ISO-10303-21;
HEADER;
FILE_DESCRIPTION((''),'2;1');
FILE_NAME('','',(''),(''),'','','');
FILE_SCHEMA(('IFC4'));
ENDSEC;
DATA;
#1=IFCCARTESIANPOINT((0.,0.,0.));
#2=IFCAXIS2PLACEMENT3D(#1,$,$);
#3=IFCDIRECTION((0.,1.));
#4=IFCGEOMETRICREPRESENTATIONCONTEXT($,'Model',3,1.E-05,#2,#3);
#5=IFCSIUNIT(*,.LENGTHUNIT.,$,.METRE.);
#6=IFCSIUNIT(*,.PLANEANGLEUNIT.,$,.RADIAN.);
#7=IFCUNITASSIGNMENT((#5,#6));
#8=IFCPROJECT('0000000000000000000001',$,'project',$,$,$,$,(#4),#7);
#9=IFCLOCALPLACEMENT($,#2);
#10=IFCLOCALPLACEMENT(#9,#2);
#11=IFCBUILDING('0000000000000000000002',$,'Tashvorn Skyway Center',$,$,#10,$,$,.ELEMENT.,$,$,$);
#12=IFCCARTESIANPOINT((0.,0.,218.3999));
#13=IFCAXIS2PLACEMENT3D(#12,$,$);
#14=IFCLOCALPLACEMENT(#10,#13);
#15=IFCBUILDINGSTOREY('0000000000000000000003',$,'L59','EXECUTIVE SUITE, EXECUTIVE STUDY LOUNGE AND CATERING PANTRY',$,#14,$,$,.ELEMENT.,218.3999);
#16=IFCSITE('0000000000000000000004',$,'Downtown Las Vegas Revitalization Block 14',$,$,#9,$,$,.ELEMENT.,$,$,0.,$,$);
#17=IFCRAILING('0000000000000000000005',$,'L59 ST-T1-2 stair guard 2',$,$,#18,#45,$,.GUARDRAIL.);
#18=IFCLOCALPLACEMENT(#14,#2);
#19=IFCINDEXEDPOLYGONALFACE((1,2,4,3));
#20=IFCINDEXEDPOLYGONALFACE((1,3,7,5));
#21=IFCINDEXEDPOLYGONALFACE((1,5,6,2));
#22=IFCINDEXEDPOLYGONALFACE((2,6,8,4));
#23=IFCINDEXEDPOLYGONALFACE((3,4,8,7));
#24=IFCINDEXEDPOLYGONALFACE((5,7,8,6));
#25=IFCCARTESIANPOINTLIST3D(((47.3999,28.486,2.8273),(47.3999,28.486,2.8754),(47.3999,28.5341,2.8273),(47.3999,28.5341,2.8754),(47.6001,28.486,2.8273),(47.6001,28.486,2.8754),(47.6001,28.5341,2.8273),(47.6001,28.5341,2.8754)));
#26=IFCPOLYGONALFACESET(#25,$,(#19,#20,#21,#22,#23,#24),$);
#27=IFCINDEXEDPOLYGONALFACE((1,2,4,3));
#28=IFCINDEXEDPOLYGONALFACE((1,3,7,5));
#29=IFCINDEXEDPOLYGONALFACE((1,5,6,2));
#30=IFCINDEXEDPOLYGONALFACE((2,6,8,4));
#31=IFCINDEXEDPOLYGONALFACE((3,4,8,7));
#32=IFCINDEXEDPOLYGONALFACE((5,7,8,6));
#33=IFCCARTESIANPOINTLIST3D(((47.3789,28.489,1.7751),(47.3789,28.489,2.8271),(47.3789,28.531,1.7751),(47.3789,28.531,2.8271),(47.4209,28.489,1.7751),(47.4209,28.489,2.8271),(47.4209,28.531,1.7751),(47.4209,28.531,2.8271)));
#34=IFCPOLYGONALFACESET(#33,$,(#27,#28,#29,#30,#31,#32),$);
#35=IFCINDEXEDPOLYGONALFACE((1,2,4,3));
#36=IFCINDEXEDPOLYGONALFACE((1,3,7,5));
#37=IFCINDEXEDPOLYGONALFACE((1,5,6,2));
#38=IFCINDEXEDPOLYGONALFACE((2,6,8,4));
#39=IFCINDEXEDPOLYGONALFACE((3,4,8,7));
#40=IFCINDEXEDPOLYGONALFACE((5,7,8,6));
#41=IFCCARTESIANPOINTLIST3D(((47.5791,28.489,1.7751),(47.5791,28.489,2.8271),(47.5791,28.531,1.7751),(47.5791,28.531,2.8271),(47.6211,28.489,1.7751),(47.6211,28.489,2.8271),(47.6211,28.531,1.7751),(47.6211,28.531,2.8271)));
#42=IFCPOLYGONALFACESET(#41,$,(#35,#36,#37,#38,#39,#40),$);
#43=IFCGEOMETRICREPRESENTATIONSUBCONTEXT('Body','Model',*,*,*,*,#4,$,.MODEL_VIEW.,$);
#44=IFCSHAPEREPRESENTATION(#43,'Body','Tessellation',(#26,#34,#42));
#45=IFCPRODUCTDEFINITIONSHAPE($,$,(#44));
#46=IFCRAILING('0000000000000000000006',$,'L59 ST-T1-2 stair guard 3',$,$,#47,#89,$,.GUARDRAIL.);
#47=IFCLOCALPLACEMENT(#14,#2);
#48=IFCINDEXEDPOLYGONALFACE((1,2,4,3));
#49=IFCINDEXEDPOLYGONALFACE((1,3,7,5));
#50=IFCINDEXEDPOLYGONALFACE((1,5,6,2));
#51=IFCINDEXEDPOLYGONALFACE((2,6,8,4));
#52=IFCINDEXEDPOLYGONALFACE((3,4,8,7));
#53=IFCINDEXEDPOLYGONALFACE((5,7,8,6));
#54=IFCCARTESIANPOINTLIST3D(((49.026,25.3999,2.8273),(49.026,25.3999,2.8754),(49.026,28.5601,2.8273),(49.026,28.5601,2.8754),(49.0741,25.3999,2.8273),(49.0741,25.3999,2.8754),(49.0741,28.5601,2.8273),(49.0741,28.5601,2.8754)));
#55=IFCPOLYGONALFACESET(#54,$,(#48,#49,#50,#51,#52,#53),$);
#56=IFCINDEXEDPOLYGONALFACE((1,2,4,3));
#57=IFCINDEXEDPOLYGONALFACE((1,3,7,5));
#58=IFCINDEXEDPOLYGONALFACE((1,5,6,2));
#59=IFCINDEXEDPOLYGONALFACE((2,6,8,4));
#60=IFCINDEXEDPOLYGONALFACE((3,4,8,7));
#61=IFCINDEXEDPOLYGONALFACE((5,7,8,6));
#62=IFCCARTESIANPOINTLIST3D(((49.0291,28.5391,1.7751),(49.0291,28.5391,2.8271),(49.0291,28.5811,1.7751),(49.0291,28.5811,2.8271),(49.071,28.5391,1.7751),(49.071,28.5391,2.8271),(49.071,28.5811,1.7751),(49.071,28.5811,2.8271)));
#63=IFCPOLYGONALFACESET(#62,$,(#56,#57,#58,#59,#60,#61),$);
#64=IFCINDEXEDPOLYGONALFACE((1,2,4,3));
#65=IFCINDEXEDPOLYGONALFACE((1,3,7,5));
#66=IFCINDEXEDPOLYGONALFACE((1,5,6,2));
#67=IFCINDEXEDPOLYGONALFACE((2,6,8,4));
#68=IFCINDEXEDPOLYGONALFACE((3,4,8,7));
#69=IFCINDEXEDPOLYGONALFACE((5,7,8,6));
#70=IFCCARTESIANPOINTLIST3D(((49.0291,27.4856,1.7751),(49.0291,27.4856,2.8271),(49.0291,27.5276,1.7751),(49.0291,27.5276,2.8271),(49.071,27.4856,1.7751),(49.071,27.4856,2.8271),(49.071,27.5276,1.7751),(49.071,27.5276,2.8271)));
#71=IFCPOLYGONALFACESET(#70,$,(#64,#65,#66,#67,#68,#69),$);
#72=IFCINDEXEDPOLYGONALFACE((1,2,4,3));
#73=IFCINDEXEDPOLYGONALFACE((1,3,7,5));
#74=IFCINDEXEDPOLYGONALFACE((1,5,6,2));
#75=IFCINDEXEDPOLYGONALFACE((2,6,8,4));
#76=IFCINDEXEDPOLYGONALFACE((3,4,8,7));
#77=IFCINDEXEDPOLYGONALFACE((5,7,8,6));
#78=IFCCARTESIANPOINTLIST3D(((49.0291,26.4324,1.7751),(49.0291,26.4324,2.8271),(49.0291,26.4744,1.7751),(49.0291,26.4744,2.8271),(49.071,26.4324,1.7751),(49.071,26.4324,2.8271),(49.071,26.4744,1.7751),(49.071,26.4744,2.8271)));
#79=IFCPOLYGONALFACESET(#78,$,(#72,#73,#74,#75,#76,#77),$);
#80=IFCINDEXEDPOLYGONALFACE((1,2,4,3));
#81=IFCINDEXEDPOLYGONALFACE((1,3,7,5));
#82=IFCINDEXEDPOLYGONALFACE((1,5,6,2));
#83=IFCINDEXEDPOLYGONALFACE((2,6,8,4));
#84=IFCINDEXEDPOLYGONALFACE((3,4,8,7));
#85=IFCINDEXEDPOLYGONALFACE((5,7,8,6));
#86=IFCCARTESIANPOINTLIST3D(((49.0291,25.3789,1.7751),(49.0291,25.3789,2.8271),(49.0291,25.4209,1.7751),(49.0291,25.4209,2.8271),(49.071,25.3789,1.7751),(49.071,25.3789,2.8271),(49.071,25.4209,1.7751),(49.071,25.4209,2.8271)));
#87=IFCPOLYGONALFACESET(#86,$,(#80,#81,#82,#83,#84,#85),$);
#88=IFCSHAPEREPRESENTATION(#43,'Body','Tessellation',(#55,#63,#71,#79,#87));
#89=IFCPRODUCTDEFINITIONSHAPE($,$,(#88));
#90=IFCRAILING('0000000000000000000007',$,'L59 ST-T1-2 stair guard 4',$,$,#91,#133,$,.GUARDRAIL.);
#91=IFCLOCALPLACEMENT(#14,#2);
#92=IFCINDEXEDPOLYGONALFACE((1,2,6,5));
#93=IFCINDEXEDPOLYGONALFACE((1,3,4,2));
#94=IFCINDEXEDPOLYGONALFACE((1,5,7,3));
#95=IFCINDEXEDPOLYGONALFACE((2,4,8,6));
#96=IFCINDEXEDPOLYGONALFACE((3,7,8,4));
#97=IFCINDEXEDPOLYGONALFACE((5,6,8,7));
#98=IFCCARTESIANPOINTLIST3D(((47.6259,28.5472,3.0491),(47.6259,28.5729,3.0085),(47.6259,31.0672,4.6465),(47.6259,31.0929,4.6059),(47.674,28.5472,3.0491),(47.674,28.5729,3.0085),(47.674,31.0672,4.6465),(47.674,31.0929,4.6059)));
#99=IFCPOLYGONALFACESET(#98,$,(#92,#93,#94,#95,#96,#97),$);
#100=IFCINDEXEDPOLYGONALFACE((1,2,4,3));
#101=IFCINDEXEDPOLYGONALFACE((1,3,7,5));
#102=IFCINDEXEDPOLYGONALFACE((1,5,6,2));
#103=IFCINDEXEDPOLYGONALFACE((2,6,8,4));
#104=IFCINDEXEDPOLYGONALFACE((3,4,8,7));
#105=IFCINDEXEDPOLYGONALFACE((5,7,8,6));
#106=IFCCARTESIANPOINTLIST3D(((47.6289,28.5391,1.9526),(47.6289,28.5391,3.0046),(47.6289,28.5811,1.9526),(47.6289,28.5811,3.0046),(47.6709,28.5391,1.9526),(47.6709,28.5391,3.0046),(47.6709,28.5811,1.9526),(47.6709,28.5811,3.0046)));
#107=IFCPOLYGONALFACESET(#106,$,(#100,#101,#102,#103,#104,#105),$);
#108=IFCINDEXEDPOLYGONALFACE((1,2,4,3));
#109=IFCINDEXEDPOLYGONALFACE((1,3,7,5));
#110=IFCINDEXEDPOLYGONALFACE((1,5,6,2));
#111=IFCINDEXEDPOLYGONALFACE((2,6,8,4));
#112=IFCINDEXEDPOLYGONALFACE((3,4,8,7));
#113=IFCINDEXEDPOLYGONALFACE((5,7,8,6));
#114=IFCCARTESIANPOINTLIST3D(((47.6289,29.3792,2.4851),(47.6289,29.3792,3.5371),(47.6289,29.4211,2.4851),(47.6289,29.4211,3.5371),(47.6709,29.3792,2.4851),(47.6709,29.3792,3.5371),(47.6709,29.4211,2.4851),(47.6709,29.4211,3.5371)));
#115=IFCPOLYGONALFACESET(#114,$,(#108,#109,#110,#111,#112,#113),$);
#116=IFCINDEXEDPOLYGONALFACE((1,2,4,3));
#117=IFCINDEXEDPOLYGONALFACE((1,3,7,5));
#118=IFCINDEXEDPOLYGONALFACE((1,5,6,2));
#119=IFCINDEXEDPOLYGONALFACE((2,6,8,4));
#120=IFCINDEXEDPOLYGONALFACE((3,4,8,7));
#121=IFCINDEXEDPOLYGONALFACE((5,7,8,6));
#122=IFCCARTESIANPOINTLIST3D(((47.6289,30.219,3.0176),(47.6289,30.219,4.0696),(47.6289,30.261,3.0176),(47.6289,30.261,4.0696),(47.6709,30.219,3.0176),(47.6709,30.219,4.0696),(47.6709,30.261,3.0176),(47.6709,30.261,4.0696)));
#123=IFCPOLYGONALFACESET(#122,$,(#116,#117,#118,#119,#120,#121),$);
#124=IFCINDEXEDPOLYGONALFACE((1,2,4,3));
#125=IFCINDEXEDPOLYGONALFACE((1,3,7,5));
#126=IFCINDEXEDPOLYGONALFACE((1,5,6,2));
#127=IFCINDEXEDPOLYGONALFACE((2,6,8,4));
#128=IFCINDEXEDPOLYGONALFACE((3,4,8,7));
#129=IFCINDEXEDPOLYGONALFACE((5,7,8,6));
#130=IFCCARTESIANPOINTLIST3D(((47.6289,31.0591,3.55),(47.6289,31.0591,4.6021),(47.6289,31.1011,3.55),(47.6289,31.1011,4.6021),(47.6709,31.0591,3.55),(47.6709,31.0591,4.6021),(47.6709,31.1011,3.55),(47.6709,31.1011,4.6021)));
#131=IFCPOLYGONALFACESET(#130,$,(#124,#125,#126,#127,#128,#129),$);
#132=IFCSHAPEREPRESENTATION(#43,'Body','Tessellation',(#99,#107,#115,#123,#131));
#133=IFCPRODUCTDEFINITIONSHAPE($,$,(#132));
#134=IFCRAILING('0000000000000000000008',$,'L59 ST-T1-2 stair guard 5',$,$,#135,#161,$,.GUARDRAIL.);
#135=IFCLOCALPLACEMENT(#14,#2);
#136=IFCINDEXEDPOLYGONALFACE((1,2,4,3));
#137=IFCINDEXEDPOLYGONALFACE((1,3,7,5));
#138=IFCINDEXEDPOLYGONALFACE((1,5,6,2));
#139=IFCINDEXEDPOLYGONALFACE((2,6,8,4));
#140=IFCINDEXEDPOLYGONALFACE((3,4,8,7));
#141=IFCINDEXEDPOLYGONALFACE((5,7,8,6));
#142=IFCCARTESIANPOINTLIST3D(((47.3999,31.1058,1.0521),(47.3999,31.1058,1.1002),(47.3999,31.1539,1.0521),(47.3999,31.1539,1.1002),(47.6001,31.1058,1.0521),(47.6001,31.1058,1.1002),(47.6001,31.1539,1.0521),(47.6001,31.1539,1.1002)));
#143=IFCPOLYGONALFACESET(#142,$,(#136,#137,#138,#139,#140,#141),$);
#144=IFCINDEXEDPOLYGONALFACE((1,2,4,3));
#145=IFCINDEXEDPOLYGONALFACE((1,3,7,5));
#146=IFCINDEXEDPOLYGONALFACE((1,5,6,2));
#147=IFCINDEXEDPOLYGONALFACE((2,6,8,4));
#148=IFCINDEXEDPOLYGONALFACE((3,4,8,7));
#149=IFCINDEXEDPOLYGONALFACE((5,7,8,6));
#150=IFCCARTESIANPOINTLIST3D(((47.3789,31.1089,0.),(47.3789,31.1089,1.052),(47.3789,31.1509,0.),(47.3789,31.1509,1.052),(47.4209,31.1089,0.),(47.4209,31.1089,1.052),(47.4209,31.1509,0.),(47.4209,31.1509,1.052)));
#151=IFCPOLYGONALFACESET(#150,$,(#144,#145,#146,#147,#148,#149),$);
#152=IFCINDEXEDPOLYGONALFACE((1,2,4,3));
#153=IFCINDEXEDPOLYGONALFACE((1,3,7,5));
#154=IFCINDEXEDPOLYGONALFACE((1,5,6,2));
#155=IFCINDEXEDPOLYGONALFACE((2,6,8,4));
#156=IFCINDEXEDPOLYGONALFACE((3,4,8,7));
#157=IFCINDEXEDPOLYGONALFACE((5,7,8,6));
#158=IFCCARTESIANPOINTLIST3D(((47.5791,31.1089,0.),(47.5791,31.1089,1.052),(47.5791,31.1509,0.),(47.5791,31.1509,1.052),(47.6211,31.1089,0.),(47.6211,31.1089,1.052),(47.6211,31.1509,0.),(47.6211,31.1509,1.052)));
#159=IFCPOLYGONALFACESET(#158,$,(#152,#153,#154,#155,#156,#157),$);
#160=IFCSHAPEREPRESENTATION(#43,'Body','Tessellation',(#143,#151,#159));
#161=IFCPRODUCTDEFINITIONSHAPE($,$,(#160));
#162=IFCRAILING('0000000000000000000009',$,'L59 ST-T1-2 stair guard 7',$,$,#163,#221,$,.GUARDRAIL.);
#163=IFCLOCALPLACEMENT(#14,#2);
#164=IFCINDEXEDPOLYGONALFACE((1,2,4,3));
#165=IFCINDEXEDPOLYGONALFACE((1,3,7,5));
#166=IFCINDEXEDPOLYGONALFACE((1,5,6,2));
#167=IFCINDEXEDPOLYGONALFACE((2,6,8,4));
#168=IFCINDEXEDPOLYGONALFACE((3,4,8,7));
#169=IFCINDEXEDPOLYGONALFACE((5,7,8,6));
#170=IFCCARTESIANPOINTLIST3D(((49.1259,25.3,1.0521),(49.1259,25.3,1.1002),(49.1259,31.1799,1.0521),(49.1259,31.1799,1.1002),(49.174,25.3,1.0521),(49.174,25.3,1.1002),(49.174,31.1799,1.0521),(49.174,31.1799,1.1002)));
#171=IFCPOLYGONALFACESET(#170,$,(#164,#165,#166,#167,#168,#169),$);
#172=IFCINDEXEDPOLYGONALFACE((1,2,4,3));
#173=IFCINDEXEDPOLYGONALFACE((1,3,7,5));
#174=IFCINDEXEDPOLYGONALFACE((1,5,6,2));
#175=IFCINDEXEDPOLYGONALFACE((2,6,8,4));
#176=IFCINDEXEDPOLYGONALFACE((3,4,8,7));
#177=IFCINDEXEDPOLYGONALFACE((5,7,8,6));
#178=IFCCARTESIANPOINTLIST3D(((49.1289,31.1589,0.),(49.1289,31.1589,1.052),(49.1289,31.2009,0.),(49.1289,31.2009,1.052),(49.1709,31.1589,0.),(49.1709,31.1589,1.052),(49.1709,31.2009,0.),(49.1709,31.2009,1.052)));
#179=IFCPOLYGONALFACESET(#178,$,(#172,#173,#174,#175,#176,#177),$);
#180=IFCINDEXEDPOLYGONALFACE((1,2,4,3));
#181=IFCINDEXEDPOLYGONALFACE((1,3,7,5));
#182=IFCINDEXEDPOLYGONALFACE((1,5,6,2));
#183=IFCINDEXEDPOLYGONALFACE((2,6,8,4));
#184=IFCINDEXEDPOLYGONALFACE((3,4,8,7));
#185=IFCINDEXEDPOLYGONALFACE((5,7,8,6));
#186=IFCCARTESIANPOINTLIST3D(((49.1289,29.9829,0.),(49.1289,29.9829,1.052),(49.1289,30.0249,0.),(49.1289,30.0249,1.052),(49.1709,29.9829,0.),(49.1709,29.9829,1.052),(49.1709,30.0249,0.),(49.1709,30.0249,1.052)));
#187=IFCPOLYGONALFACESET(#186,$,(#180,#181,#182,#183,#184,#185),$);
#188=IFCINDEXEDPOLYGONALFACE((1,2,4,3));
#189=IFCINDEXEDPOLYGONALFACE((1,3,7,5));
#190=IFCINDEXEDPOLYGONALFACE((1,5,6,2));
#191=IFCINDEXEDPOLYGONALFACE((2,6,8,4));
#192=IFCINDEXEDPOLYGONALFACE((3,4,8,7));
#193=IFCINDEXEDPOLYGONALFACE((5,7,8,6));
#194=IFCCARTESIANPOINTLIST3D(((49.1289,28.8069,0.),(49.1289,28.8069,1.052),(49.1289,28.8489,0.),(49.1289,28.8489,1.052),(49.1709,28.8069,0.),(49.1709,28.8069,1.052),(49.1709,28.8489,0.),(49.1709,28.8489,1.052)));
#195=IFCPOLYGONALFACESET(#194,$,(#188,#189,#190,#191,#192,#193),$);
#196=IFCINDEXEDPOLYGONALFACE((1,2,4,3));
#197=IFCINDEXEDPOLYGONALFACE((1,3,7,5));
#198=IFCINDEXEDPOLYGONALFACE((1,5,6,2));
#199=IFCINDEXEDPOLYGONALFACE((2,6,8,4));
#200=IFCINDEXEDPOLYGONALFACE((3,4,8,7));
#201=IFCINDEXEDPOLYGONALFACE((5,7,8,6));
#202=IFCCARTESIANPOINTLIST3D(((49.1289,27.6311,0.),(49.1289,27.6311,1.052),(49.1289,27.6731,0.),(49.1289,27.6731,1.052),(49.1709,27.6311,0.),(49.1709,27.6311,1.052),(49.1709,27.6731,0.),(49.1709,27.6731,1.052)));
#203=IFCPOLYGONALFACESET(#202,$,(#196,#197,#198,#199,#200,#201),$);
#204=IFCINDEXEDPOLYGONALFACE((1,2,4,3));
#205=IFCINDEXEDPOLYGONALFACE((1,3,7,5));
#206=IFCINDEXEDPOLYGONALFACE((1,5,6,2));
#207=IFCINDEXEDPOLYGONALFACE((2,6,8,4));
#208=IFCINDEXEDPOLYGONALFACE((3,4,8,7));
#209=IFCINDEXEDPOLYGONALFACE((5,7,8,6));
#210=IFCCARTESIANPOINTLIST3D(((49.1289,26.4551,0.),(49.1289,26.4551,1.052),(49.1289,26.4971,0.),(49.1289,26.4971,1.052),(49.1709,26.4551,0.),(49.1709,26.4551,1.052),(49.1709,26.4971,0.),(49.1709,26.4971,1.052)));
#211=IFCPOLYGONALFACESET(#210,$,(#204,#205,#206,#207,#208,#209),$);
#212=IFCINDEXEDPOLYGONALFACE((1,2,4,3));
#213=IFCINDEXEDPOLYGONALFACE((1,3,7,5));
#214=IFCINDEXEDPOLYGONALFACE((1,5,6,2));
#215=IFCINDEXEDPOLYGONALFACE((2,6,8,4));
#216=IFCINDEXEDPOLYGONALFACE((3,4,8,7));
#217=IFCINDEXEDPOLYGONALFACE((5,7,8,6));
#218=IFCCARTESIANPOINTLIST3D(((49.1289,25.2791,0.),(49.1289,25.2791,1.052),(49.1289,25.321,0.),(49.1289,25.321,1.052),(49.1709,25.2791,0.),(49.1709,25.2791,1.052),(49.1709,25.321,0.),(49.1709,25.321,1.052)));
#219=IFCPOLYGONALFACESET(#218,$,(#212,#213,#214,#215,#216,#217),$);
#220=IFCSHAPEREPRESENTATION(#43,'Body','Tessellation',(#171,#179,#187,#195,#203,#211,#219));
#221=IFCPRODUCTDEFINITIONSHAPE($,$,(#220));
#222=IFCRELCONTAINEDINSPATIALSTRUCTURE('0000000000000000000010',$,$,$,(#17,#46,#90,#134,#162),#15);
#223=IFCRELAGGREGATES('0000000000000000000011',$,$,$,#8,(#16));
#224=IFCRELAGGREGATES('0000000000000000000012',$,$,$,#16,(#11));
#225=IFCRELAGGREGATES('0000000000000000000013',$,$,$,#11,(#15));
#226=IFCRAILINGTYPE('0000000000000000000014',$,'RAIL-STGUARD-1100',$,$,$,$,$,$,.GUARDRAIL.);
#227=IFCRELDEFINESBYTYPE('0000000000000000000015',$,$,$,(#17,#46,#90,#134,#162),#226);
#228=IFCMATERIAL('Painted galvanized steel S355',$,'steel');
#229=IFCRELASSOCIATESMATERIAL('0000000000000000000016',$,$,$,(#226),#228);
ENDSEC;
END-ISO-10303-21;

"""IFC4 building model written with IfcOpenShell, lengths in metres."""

from ifc_helpers import new_model, si_unit, direction, frame, origin, origin_2d, place, context, subcontext, project, spatial, rectangle, extrude, material, type_object, element, save


model = new_model("IFC4")

# Units and contexts
model_context = context("Model", 3, precision=1e-05, world=origin(), true_north=direction((0.0, 1.0)))
body_context = subcontext(model_context, "Body", "Model", "MODEL_VIEW")
ifc_project = project(units=[si_unit("LENGTHUNIT", "METRE"), si_unit("PLANEANGLEUNIT", "RADIAN")], contexts=[model_context])

# Site, building, storey
site_placement = place(None, origin())
site = spatial("IfcSite", under=ifc_project, at=site_placement, Name="Downtown Las Vegas Revitalization Block 14", CompositionType="ELEMENT", RefElevation=0.0)
building_placement = place(site_placement, origin())
building = spatial("IfcBuilding", under=site, at=building_placement, Name="Tashvorn Skyway Center", CompositionType="ELEMENT")
storey_placement = place(building_placement, frame((0.0, 0.0, 218.3999)))
storey = spatial("IfcBuildingStorey", under=building, at=storey_placement, Name="L59", Description="EXECUTIVE SUITE, EXECUTIVE STUDY LOUNGE AND CATERING PANTRY", CompositionType="ELEMENT", Elevation=218.3999)

# Railings
ifc_material_1 = material(Name="Painted galvanized steel S355", Category="steel")
railing_type_1 = type_object("IfcRailingType", Name="RAIL-STGUARD-1100", PredefinedType="GUARDRAIL", material=ifc_material_1)
railing_1_placement = place(storey_placement, frame((47.3999, 28.51, 1.7751)))
element("IfcRailing", 1, at=railing_1_placement, inside=storey, type_object=railing_type_1, Name="L59 ST-T1-2 stair guard 2", PredefinedType="GUARDRAIL", context=body_context, shape_type="SweptSolid", body=[
    extrude(rectangle(XDim=0.0481, YDim=0.0481, at=origin_2d()), frame((0.0, 0.0, 1.0762), z_axis=(1.0, 0.0, 0.0), x_axis=(0.0, 1.0, 0.0)), (0.0, 0.0, 1.0), 0.2002),
    extrude(rectangle(XDim=0.042, YDim=0.042, at=origin_2d()), origin(), (0.0, 0.0, 1.0), 1.052),
    extrude(rectangle(XDim=0.042, YDim=0.042, at=origin_2d()), frame((0.2002, 0.0, 0.0)), (0.0, 0.0, 1.0), 1.052),
])
railing_2_placement = place(storey_placement, frame((49.05, 28.5601, 1.7751)))
element("IfcRailing", 2, at=railing_2_placement, inside=storey, type_object=railing_type_1, Name="L59 ST-T1-2 stair guard 3", PredefinedType="GUARDRAIL", context=body_context, shape_type="SweptSolid", body=[
    extrude(rectangle(XDim=0.0481, YDim=0.0481, at=origin_2d()), frame((0.0, 0.0, 1.0762), z_axis=(0.0, -1.0, 0.0), x_axis=(1.0, 0.0, 0.0)), (0.0, 0.0, 1.0), 3.1602),
    extrude(rectangle(XDim=0.042, YDim=0.042, at=origin_2d()), origin(), (0.0, 0.0, 1.0), 1.052),
    extrude(rectangle(XDim=0.042, YDim=0.042, at=origin_2d()), frame((0.0, -1.0535, 0.0)), (0.0, 0.0, 1.0), 1.052),
    extrude(rectangle(XDim=0.042, YDim=0.042, at=origin_2d()), frame((0.0, -2.1067, 0.0)), (0.0, 0.0, 1.0), 1.052),
    extrude(rectangle(XDim=0.042, YDim=0.042, at=origin_2d()), frame((0.0, -3.1602, 0.0)), (0.0, 0.0, 1.0), 1.052),
])
railing_3_placement = place(storey_placement, frame((47.6499, 28.5601, 1.9526)))
element("IfcRailing", 3, at=railing_3_placement, inside=storey, type_object=railing_type_1, Name="L59 ST-T1-2 stair guard 4", PredefinedType="GUARDRAIL", context=body_context, shape_type="SweptSolid", body=[
    extrude(rectangle(XDim=0.0481, YDim=0.0481, at=origin_2d()), frame((0.0, 0.0, 1.0762), z_axis=(0.0, 0.844607, 0.535387), x_axis=(-1.0, 0.0, 0.0)), (0.0, 0.0, 1.0), 2.9836),
    extrude(rectangle(XDim=0.042, YDim=0.042, at=origin_2d()), origin(), (0.0, 0.0, 1.0), 1.052),
    extrude(rectangle(XDim=0.042, YDim=0.042, at=origin_2d()), frame((0.0, 0.8401, 0.5325)), (0.0, 0.0, 1.0), 1.052),
    extrude(rectangle(XDim=0.042, YDim=0.042, at=origin_2d()), frame((0.0, 1.6799, 1.0649)), (0.0, 0.0, 1.0), 1.052),
    extrude(rectangle(XDim=0.042, YDim=0.042, at=origin_2d()), frame((0.0, 2.52, 1.5974)), (0.0, 0.0, 1.0), 1.052),
])
railing_4_placement = place(storey_placement, frame((47.3999, 31.1299, 0.0)))
element("IfcRailing", 4, at=railing_4_placement, inside=storey, type_object=railing_type_1, Name="L59 ST-T1-2 stair guard 5", PredefinedType="GUARDRAIL", context=body_context, shape_type="SweptSolid", body=[
    extrude(rectangle(XDim=0.0481, YDim=0.0481, at=origin_2d()), frame((0.0, 0.0, 1.0762), z_axis=(1.0, 0.0, 0.0), x_axis=(0.0, 1.0, 0.0)), (0.0, 0.0, 1.0), 0.2002),
    extrude(rectangle(XDim=0.042, YDim=0.042, at=origin_2d()), origin(), (0.0, 0.0, 1.0), 1.052),
    extrude(rectangle(XDim=0.042, YDim=0.042, at=origin_2d()), frame((0.2002, 0.0, 0.0)), (0.0, 0.0, 1.0), 1.052),
])
railing_5_placement = place(storey_placement, frame((49.1499, 31.1799, 0.0)))
element("IfcRailing", 5, at=railing_5_placement, inside=storey, type_object=railing_type_1, Name="L59 ST-T1-2 stair guard 7", PredefinedType="GUARDRAIL", context=body_context, shape_type="SweptSolid", body=[
    extrude(rectangle(XDim=0.0481, YDim=0.0481, at=origin_2d()), frame((0.0, 0.0, 1.0762), z_axis=(0.0, -1.0, 0.0), x_axis=(1.0, 0.0, 0.0)), (0.0, 0.0, 1.0), 5.8799),
    extrude(rectangle(XDim=0.042, YDim=0.042, at=origin_2d()), origin(), (0.0, 0.0, 1.0), 1.052),
    extrude(rectangle(XDim=0.042, YDim=0.042, at=origin_2d()), frame((0.0, -1.176, 0.0)), (0.0, 0.0, 1.0), 1.052),
    extrude(rectangle(XDim=0.042, YDim=0.042, at=origin_2d()), frame((0.0, -2.3521, 0.0)), (0.0, 0.0, 1.0), 1.052),
    extrude(rectangle(XDim=0.042, YDim=0.042, at=origin_2d()), frame((0.0, -3.5278, 0.0)), (0.0, 0.0, 1.0), 1.052),
    extrude(rectangle(XDim=0.042, YDim=0.042, at=origin_2d()), frame((0.0, -4.7039, 0.0)), (0.0, 0.0, 1.0), 1.052),
    extrude(rectangle(XDim=0.042, YDim=0.042, at=origin_2d()), frame((0.0, -5.8799, 0.0)), (0.0, 0.0, 1.0), 1.052),
])

save(model, "model.ifc")
